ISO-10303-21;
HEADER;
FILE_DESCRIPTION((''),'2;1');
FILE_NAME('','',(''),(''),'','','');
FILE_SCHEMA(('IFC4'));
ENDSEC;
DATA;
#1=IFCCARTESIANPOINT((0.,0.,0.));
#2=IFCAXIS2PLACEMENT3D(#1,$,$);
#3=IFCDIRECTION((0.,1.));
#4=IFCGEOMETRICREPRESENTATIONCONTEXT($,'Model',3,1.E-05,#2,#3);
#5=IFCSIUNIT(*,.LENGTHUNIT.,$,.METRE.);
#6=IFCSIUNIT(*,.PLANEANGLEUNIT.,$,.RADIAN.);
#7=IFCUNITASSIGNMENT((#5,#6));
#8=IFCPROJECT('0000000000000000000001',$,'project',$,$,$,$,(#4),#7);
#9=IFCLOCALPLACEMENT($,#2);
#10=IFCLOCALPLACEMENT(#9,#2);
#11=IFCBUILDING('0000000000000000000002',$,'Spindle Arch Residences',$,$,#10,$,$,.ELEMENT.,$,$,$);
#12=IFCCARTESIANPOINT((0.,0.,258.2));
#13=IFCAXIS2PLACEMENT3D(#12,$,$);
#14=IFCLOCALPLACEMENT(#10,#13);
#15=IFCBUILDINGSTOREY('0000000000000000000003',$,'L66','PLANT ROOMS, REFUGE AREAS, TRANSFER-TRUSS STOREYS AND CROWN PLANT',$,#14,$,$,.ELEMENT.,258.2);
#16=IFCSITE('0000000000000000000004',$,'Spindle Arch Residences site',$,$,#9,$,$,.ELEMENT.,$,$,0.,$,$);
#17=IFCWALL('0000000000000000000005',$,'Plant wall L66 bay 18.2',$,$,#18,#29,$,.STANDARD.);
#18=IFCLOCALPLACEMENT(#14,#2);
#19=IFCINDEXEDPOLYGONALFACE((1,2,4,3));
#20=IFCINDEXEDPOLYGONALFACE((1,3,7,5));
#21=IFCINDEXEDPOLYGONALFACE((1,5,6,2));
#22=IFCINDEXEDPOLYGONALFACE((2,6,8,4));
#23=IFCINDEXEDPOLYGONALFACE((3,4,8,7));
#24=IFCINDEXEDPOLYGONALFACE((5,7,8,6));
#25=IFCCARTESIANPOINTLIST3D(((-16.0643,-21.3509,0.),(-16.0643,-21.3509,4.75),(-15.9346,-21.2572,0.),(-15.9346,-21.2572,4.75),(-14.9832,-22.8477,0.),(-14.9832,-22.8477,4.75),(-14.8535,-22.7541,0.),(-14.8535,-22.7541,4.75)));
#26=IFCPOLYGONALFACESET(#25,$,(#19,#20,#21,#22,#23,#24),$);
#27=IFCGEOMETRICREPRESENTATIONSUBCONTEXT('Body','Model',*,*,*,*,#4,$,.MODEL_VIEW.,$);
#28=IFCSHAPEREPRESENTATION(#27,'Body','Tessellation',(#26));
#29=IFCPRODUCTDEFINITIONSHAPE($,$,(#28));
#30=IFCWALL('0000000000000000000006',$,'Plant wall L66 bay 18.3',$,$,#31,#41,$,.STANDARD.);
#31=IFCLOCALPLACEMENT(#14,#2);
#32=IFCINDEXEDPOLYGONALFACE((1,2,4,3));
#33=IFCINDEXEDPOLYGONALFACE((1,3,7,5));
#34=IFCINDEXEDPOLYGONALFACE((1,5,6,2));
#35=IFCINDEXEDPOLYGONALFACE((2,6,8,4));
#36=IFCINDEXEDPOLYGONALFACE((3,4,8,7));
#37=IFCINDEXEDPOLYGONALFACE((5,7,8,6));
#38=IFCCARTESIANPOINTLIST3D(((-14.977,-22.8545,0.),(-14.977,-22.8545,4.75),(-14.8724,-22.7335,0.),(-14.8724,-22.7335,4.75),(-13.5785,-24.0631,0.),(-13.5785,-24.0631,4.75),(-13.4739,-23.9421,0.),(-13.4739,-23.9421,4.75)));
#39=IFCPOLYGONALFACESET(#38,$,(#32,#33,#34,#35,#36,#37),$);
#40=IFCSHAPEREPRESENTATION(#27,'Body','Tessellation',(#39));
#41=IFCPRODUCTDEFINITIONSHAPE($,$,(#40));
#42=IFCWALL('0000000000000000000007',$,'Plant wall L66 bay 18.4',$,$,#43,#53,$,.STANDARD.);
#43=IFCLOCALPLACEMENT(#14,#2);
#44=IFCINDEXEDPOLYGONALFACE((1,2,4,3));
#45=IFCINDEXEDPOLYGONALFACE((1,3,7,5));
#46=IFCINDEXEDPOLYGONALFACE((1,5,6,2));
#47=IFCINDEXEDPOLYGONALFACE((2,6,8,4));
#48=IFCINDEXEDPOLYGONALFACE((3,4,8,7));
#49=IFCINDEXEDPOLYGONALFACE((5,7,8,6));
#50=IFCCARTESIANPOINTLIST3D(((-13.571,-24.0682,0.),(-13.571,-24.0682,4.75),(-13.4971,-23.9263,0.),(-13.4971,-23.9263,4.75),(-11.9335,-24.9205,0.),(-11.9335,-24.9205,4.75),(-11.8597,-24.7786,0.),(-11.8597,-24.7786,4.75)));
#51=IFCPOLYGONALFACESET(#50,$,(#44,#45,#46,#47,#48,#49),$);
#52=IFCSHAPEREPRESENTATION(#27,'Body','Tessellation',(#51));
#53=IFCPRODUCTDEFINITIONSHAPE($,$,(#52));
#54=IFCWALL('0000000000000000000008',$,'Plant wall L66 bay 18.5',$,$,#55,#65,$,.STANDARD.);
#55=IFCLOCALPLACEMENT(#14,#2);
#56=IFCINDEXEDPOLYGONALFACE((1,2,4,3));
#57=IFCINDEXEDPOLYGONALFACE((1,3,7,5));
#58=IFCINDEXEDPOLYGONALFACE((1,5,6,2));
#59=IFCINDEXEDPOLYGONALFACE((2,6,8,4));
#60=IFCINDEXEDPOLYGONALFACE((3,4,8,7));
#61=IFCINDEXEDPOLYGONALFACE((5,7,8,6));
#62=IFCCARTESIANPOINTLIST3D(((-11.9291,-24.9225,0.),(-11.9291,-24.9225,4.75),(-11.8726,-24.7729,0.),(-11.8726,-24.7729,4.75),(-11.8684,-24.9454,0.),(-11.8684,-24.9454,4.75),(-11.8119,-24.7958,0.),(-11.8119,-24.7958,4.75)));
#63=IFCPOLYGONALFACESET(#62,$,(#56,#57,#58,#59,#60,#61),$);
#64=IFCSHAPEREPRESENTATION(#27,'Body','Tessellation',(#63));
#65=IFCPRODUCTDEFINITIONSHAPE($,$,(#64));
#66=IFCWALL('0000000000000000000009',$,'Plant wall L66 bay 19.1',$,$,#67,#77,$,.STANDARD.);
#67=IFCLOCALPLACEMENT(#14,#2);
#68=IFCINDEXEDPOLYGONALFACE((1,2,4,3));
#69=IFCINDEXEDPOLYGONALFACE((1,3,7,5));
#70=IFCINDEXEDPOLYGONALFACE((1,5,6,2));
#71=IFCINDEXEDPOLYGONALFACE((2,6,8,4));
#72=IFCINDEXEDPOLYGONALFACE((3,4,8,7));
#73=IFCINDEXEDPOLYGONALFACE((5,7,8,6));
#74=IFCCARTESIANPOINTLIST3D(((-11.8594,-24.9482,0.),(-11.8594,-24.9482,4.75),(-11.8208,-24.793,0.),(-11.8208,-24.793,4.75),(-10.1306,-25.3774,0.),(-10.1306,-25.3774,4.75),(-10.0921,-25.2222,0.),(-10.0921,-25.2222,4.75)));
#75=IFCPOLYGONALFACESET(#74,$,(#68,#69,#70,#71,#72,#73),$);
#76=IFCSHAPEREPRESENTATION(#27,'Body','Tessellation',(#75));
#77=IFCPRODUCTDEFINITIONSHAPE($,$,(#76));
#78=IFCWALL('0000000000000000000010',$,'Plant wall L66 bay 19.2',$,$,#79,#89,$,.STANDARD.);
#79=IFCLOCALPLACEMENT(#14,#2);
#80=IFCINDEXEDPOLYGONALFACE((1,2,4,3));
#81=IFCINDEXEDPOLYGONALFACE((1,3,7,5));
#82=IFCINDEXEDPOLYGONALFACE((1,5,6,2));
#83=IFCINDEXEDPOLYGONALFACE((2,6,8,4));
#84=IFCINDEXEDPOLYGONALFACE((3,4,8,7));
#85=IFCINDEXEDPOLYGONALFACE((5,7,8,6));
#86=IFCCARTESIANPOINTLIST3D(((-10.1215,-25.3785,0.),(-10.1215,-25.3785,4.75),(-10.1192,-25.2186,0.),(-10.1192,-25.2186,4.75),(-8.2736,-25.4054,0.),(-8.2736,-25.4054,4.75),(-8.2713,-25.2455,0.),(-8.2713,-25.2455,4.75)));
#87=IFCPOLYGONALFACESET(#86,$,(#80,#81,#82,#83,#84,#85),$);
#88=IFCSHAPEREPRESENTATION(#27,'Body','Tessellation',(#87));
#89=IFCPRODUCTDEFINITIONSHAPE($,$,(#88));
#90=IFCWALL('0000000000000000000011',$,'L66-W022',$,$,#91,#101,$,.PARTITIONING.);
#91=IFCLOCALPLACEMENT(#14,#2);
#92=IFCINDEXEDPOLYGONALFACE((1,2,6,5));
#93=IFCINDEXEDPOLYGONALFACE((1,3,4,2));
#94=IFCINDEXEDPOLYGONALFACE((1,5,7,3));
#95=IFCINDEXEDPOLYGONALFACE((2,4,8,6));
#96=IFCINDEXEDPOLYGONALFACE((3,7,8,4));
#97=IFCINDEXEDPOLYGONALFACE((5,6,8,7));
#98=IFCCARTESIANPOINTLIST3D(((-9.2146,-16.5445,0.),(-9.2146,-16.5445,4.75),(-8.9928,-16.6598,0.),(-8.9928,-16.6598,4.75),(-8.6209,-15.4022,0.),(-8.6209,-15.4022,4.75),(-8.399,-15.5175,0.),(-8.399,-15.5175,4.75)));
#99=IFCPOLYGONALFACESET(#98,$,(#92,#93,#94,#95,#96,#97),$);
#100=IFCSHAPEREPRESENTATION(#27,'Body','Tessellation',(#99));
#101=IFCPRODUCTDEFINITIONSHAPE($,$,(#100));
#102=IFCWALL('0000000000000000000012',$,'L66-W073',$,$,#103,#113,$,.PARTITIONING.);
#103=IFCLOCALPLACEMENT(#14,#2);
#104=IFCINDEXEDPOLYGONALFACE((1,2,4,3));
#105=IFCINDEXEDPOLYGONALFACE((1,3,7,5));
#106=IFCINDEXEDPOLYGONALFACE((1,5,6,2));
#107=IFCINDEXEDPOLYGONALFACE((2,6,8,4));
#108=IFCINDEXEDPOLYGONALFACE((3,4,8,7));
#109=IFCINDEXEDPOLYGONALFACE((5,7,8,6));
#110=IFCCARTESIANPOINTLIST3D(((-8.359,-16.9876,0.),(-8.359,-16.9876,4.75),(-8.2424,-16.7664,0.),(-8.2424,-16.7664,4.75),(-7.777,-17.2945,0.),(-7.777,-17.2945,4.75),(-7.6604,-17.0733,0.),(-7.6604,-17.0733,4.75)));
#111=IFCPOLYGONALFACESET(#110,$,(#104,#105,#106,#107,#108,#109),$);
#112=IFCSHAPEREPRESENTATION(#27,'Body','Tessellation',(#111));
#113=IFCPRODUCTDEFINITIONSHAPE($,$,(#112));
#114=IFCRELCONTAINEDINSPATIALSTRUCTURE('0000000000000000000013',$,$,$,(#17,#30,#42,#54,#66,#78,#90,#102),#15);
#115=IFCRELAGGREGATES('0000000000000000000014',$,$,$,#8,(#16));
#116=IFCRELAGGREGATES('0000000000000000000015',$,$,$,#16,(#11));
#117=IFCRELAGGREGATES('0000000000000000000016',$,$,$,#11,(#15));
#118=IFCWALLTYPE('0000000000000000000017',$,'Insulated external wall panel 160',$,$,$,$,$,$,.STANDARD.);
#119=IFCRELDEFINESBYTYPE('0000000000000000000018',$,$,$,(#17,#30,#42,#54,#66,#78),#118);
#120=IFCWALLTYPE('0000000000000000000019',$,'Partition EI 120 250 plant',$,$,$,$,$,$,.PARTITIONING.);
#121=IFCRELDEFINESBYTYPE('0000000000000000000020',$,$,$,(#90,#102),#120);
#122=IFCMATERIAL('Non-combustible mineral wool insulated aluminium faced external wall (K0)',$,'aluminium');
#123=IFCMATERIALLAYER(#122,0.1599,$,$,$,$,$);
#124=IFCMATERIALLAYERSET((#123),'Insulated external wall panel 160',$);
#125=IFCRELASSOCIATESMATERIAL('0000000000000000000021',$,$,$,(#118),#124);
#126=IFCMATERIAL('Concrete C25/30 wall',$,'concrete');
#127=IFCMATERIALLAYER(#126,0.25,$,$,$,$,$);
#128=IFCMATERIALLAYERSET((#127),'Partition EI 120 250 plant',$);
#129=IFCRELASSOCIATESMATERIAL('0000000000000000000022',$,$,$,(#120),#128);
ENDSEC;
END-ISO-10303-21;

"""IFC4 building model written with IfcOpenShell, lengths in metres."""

from ifc_helpers import new_model, si_unit, direction, frame, frame_2d, origin, place, context, subcontext, project, spatial, rectangle, extrude, material, layer, layer_set, type_object, element, save


model = new_model("IFC4")

# Units and contexts
model_context = context("Model", 3, precision=1e-05, world=origin(), true_north=direction((0.0, 1.0)))
body_context = subcontext(model_context, "Body", "Model", "MODEL_VIEW")
ifc_project = project(units=[si_unit("LENGTHUNIT", "METRE"), si_unit("PLANEANGLEUNIT", "RADIAN")], contexts=[model_context])

# Site, building, storey
site_placement = place(None, origin())
site = spatial("IfcSite", under=ifc_project, at=site_placement, Name="Spindle Arch Residences site", CompositionType="ELEMENT", RefElevation=0.0)
building_placement = place(site_placement, origin())
building = spatial("IfcBuilding", under=site, at=building_placement, Name="Spindle Arch Residences", CompositionType="ELEMENT")
storey_placement = place(building_placement, frame((0.0, 0.0, 258.2)))
storey = spatial("IfcBuildingStorey", under=building, at=storey_placement, Name="L66", Description="PLANT ROOMS, REFUGE AREAS, TRANSFER-TRUSS STOREYS AND CROWN PLANT", CompositionType="ELEMENT", Elevation=258.2)

# Walls
ifc_material_1 = material(Name="Non-combustible mineral wool insulated aluminium faced external wall (K0)", Category="aluminium")
ifc_layer_1 = layer(ifc_material_1, 0.1599)
ifc_layer_set_1 = layer_set([ifc_layer_1], Name="Insulated external wall panel 160")
wall_type_1 = type_object("IfcWallType", Name="Insulated external wall panel 160", PredefinedType="STANDARD", material=ifc_layer_set_1)
wall_1_placement = place(storey_placement, frame((-15.9995, -21.304, 0.0), z_axis=(0.0, 0.0, 1.0), x_axis=(0.585495, -0.810676, 0.0)))
element("IfcWall", 1, at=wall_1_placement, inside=storey, type_object=wall_type_1, Name="Plant wall L66 bay 18.2", PredefinedType="STANDARD", context=body_context, shape_type="SweptSolid", body=[
    extrude(rectangle(XDim=1.8464, YDim=0.1599, at=frame_2d((0.9233, 0.0))), origin(), (0.0, 0.0, 1.0), 4.75),
])
wall_2_placement = place(storey_placement, frame((-14.9248, -22.7939, 0.0), z_axis=(0.0, 0.0, 1.0), x_axis=(0.756621, -0.653854, 0.0)))
element("IfcWall", 2, at=wall_2_placement, inside=storey, type_object=wall_type_1, Name="Plant wall L66 bay 18.3", PredefinedType="STANDARD", context=body_context, shape_type="SweptSolid", body=[
    extrude(rectangle(XDim=1.8484, YDim=0.1599, at=frame_2d((0.9243, 0.0))), origin(), (0.0, 0.0, 1.0), 4.75),
])
wall_3_placement = place(storey_placement, frame((-13.5339, -23.9973, 0.0), z_axis=(0.0, 0.0, 1.0), x_axis=(0.887035, -0.461702, 0.0)))
element("IfcWall", 3, at=wall_3_placement, inside=storey, type_object=wall_type_1, Name="Plant wall L66 bay 18.4", PredefinedType="STANDARD", context=body_context, shape_type="SweptSolid", body=[
    extrude(rectangle(XDim=1.8459, YDim=0.1599, at=frame_2d((0.9229, 0.0))), origin(), (0.0, 0.0, 1.0), 4.75),
])
wall_4_placement = place(storey_placement, frame((-11.9009, -24.8477, 0.0), z_axis=(0.0, 0.0, 1.0), x_axis=(0.935555, -0.353181, 0.0)))
element("IfcWall", 4, at=wall_4_placement, inside=storey, type_object=wall_type_1, Name="Plant wall L66 bay 18.5", PredefinedType="STANDARD", context=body_context, shape_type="SweptSolid", body=[
    extrude(rectangle(XDim=0.0649, YDim=0.1599, at=frame_2d((0.0325, 0.0))), origin(), (0.0, 0.0, 1.0), 4.75),
])
wall_5_placement = place(storey_placement, frame((-11.8401, -24.8706, 0.0), z_axis=(0.0, 0.0, 1.0), x_axis=(0.970536, -0.240955, 0.0)))
element("IfcWall", 5, at=wall_5_placement, inside=storey, type_object=wall_type_1, Name="Plant wall L66 bay 19.1", PredefinedType="STANDARD", context=body_context, shape_type="SweptSolid", body=[
    extrude(rectangle(XDim=1.7812, YDim=0.1599, at=frame_2d((0.8906, 0.0))), origin(), (0.0, 0.0, 1.0), 4.75),
])
wall_6_placement = place(storey_placement, frame((-10.1204, -25.2986, 0.0), z_axis=(0.0, 0.0, 1.0), x_axis=(0.999894, -0.014531, 0.0)))
element("IfcWall", 6, at=wall_6_placement, inside=storey, type_object=wall_type_1, Name="Plant wall L66 bay 19.2", PredefinedType="STANDARD", context=body_context, shape_type="SweptSolid", body=[
    extrude(rectangle(XDim=1.8481, YDim=0.1599, at=frame_2d((0.9241, 0.0))), origin(), (0.0, 0.0, 1.0), 4.75),
])
ifc_material_2 = material(Name="Concrete C25/30 wall", Category="concrete")
ifc_layer_2 = layer(ifc_material_2, 0.25)
ifc_layer_set_2 = layer_set([ifc_layer_2], Name="Partition EI 120 250 plant")
wall_type_2 = type_object("IfcWallType", Name="Partition EI 120 250 plant", PredefinedType="PARTITIONING", material=ifc_layer_set_2)
wall_7_placement = place(storey_placement, frame((-8.51, -15.46, 0.0), z_axis=(0.0, 0.0, 1.0), x_axis=(-0.461192, -0.887301, 0.0)))
element("IfcWall", 7, at=wall_7_placement, inside=storey, type_object=wall_type_2, Name="L66-W022", PredefinedType="PARTITIONING", context=body_context, shape_type="SweptSolid", body=[
    extrude(rectangle(XDim=1.2874, YDim=0.25, at=frame_2d((0.6436, 0.0))), origin(), (0.0, 0.0, 1.0), 4.75),
])
wall_8_placement = place(storey_placement, frame((-8.3008, -16.877, 0.0), z_axis=(0.0, 0.0, 1.0), x_axis=(0.884572, -0.466404, 0.0)))
element("IfcWall", 8, at=wall_8_placement, inside=storey, type_object=wall_type_2, Name="L66-W073", PredefinedType="PARTITIONING", context=body_context, shape_type="SweptSolid", body=[
    extrude(rectangle(XDim=0.658, YDim=0.25, at=frame_2d((0.3291, 0.0))), origin(), (0.0, 0.0, 1.0), 4.75),
])

save(model, "model.ifc")
